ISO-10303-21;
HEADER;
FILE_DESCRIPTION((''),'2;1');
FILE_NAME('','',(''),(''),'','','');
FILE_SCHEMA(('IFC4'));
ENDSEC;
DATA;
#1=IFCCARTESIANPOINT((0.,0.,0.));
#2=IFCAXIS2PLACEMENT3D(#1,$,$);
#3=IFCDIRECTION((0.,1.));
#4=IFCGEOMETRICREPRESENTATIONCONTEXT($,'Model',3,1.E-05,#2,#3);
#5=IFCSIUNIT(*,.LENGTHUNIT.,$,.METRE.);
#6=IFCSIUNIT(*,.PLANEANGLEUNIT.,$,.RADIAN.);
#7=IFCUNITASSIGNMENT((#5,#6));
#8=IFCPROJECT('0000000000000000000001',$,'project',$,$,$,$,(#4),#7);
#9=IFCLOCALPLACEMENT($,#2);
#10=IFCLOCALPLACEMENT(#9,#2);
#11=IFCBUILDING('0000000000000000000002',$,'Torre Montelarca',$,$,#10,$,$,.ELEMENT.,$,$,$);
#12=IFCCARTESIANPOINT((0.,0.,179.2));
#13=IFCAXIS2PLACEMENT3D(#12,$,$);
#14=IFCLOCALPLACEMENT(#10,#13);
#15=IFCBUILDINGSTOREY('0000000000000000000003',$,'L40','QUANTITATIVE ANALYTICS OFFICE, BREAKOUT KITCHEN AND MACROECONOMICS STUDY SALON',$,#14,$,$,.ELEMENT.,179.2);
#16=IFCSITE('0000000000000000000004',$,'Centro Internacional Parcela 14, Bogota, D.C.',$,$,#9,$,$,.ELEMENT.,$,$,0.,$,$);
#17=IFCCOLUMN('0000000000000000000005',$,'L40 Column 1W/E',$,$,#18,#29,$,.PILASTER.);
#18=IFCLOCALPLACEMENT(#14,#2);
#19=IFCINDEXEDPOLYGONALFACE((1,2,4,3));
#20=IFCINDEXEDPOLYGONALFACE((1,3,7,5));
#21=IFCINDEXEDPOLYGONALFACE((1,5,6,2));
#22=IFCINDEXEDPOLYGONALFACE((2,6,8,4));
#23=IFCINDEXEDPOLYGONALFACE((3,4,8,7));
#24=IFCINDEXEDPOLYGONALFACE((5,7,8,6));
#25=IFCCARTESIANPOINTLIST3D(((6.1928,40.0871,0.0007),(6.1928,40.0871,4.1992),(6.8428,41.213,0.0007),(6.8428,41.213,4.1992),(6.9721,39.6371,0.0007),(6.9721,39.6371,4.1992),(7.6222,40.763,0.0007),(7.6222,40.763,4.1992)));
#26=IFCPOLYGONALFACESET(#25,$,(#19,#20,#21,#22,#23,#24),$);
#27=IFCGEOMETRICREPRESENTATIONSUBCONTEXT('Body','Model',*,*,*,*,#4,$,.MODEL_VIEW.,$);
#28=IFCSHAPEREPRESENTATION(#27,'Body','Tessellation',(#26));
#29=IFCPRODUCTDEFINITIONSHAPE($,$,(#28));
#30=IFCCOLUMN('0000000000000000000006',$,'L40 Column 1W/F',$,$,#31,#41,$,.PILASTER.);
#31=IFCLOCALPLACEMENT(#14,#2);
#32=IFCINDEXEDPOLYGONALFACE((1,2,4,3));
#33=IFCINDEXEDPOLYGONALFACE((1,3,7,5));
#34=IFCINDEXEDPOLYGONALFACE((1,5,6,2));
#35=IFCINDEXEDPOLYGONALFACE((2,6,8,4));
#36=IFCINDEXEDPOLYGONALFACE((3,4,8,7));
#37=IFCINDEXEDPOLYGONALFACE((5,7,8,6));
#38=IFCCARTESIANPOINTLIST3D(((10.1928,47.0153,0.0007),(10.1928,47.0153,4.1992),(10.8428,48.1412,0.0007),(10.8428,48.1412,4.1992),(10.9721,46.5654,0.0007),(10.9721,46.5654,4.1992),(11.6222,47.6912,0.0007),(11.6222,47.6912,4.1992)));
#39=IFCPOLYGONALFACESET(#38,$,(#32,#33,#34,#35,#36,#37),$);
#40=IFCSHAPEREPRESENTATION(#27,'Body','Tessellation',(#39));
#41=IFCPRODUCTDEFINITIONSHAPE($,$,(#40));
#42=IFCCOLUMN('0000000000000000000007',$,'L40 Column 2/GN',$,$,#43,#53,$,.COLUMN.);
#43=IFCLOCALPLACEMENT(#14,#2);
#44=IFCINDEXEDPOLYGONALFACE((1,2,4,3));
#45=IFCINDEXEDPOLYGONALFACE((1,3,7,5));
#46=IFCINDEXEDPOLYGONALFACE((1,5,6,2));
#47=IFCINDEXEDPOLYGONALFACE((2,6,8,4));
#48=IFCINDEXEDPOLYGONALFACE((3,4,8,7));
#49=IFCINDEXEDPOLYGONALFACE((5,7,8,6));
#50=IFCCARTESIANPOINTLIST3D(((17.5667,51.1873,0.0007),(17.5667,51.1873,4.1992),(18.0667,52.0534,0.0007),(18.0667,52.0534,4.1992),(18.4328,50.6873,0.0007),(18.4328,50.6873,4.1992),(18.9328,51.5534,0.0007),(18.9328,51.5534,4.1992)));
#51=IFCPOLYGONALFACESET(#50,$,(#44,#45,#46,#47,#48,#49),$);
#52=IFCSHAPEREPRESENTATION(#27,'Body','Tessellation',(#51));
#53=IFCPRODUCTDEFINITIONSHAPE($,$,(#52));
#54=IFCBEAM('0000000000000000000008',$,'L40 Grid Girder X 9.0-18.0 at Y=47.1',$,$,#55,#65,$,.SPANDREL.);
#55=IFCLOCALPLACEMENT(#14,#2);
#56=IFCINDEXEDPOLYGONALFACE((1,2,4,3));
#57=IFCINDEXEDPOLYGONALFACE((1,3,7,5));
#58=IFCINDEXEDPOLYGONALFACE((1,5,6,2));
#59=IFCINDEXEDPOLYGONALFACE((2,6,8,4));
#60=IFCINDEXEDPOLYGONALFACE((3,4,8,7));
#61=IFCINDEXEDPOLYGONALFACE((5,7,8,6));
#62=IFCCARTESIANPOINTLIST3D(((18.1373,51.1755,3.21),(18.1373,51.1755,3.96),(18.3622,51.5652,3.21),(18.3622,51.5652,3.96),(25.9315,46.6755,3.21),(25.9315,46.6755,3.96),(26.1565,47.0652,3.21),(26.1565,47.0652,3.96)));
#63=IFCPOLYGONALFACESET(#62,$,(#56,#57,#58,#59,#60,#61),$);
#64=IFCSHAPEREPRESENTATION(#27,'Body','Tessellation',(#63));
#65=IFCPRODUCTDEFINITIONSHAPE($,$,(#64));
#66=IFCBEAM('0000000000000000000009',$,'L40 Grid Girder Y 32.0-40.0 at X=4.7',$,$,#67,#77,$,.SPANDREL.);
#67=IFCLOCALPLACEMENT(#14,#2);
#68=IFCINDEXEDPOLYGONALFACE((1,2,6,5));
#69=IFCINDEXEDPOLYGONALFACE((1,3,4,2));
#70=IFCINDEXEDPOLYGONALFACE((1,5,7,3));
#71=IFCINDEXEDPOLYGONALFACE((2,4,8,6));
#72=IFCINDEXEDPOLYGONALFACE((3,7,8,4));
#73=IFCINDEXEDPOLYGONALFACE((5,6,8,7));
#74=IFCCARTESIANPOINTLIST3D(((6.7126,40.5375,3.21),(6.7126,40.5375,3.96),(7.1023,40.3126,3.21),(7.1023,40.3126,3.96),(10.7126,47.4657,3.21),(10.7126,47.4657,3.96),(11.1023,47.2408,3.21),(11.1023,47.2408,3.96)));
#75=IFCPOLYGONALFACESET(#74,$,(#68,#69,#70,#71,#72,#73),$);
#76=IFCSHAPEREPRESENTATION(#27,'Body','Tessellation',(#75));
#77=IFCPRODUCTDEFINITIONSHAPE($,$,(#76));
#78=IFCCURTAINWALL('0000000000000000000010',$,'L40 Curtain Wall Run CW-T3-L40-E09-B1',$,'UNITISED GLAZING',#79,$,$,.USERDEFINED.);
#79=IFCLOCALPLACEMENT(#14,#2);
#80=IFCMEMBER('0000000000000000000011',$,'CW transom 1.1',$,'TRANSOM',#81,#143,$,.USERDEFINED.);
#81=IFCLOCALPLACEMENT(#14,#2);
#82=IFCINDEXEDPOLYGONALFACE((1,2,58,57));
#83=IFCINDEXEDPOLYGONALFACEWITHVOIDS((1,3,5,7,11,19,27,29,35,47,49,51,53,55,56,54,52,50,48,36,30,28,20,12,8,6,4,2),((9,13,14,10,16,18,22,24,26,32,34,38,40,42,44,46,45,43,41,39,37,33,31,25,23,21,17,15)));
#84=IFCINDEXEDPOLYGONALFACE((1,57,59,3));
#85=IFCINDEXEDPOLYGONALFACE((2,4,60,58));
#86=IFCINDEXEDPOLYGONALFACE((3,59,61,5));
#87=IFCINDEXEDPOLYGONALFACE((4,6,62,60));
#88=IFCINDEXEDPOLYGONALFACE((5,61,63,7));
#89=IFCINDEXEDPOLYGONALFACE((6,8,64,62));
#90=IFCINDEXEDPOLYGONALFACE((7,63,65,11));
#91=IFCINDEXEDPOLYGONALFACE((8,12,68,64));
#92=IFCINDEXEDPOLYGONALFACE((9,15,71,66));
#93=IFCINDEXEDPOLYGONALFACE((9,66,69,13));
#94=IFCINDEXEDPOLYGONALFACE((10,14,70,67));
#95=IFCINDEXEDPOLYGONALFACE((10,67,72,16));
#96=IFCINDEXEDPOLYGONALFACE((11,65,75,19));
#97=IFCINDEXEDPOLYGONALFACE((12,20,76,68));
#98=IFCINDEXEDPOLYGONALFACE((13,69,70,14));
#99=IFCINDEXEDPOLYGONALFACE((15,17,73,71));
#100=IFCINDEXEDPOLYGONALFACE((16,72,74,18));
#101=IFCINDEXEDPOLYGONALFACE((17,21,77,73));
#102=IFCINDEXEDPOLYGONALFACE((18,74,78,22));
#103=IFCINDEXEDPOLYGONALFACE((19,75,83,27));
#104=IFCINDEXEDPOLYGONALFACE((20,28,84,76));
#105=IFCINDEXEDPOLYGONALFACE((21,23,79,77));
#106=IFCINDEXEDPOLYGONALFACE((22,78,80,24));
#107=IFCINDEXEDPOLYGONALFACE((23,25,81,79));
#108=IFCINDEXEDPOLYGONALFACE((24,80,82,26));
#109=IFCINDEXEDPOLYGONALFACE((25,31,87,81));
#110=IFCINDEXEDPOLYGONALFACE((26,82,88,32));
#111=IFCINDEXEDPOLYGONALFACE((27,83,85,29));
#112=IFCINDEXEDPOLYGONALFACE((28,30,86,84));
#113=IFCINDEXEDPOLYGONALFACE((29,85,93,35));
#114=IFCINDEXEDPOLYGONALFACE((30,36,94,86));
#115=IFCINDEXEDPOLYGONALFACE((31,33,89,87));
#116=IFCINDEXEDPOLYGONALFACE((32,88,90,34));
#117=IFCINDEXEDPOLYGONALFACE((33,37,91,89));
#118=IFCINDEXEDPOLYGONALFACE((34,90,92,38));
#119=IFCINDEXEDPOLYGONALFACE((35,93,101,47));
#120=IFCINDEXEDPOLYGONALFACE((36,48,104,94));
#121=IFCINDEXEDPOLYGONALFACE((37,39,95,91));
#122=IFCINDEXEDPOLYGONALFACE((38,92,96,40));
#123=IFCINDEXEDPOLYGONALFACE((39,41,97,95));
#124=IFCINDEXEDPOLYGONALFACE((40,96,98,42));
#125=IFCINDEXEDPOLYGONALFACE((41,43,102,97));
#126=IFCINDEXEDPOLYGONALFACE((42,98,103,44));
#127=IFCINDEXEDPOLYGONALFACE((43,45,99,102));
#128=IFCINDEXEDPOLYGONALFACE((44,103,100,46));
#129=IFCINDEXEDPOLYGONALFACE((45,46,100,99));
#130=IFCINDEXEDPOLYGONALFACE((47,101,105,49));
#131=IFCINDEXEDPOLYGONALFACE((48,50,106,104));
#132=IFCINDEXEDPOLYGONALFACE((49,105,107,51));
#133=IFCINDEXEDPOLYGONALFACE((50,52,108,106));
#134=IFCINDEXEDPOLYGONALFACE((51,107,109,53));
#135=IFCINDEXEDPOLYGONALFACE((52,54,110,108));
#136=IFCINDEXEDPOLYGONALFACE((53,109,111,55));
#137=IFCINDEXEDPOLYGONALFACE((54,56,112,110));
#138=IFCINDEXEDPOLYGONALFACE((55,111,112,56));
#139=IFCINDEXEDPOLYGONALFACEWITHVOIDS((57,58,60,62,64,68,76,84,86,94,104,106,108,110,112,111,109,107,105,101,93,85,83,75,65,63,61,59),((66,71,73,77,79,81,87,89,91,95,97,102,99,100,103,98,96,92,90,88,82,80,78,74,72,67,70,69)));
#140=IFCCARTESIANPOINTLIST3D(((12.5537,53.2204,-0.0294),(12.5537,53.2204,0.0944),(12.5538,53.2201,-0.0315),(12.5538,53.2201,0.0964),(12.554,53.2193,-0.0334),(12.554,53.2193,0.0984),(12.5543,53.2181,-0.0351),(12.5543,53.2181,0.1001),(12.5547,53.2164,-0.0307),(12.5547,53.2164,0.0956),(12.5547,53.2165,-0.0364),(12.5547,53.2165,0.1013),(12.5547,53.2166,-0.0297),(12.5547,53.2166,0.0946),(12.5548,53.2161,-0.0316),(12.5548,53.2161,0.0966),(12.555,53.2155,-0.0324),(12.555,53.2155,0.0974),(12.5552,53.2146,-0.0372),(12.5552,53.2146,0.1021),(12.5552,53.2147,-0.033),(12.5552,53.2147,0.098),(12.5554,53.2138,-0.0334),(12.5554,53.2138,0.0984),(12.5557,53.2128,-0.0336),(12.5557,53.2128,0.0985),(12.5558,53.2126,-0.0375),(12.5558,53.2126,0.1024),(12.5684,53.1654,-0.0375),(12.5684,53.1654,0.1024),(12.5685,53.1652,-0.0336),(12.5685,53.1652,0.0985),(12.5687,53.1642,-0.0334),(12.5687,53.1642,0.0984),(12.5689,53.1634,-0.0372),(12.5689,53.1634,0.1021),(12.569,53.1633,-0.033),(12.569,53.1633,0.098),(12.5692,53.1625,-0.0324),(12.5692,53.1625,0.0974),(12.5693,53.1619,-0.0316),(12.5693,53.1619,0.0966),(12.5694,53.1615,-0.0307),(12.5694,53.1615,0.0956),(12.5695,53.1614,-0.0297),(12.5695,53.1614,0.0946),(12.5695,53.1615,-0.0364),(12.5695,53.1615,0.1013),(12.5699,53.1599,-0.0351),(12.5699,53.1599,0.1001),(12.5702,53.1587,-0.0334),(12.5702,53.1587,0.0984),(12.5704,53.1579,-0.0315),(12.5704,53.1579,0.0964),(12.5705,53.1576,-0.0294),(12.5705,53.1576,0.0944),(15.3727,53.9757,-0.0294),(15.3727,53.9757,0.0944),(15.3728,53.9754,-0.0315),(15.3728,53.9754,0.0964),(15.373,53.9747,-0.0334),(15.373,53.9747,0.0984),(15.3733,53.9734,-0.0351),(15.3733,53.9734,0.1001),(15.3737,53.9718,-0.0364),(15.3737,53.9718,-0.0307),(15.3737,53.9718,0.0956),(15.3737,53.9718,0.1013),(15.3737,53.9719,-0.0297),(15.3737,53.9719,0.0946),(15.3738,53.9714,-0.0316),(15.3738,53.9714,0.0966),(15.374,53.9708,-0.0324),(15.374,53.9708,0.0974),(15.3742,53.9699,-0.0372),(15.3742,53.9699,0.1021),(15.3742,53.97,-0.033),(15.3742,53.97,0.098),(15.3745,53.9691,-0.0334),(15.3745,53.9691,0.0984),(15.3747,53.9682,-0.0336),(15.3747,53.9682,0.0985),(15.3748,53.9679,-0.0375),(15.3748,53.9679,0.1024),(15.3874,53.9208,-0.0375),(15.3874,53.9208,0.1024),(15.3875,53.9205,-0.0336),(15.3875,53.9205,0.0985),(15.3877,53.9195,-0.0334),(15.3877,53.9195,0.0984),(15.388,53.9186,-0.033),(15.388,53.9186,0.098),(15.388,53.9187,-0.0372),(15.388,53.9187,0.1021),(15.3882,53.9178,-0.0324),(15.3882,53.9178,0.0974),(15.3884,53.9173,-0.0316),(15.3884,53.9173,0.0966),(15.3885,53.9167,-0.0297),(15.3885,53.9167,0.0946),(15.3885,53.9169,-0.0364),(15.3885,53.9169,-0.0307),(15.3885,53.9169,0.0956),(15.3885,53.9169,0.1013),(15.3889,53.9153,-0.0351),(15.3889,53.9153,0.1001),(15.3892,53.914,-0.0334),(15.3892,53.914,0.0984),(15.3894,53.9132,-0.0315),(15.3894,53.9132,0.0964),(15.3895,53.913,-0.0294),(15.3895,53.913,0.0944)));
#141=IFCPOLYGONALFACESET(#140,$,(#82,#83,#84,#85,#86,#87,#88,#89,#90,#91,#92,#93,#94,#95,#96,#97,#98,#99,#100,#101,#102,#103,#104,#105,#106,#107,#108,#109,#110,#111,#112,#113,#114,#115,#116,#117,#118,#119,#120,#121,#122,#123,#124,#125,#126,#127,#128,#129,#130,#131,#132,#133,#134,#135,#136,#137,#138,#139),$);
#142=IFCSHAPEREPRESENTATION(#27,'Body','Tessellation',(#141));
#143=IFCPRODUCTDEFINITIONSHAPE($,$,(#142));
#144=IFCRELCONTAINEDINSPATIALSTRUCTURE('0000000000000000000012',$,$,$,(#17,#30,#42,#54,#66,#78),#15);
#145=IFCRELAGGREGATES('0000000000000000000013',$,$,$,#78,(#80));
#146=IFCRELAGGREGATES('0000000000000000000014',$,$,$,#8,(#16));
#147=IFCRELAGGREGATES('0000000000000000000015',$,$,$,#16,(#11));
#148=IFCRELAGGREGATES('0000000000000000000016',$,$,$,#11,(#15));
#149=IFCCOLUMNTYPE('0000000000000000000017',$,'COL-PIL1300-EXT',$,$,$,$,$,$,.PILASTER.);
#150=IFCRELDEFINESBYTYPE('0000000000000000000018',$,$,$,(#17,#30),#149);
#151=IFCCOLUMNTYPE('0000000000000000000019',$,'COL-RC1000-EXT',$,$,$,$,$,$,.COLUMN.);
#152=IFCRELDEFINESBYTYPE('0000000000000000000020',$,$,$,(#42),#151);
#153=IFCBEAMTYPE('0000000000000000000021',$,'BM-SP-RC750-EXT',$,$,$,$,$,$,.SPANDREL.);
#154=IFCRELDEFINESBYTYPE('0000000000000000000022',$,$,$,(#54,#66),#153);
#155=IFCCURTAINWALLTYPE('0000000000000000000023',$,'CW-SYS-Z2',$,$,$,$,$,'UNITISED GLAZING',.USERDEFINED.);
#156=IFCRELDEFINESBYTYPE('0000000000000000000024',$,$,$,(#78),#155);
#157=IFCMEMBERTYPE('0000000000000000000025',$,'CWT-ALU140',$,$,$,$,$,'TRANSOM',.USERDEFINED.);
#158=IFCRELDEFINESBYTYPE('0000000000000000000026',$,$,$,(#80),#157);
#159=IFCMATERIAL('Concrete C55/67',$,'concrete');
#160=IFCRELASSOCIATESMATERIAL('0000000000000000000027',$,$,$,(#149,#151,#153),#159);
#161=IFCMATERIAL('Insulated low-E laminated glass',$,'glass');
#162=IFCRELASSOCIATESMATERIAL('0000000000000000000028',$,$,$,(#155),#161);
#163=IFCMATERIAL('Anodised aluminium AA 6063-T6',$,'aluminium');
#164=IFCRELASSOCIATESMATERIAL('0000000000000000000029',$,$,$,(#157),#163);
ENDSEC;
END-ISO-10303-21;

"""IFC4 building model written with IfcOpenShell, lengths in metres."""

from ifc_helpers import new_model, si_unit, direction, frame, origin, origin_2d, place, context, subcontext, project, spatial, rectangle, hollow_rectangle, extrude, source, transform, mapped, material, material_profile, profile_set, type_object, element, aggregate, save


model = new_model("IFC4")

# Units and contexts
model_context = context("Model", 3, precision=1e-05, world=origin(), true_north=direction((0.0, 1.0)))
body_context = subcontext(model_context, "Body", "Model", "MODEL_VIEW")
ifc_project = project(units=[si_unit("LENGTHUNIT", "METRE"), si_unit("PLANEANGLEUNIT", "RADIAN")], contexts=[model_context])

# Site, building, storey
site_placement = place(None, origin())
site = spatial("IfcSite", under=ifc_project, at=site_placement, Name="Centro Internacional Parcela 14, Bogota, D.C.", CompositionType="ELEMENT", RefElevation=0.0)
building_placement = place(site_placement, origin())
building = spatial("IfcBuilding", under=site, at=building_placement, Name="Torre Montelarca", CompositionType="ELEMENT")
storey_placement = place(building_placement, frame((0.0, 0.0, 179.2)))
storey = spatial("IfcBuildingStorey", under=building, at=storey_placement, Name="L40", Description="QUANTITATIVE ANALYTICS OFFICE, BREAKOUT KITCHEN AND MACROECONOMICS STUDY SALON", CompositionType="ELEMENT", Elevation=179.2)

# Columns
ifc_material_1 = material(Name="Concrete C55/67", Category="concrete")
ifc_material_profile_1 = material_profile(ifc_material_1, rectangle(XDim=0.8999, YDim=1.3, at=origin_2d()), Name="RC1300X900", Category="concrete")
ifc_profile_set_1 = profile_set([ifc_material_profile_1], Name="Concrete C55/67")
column_type_1 = type_object("IfcColumnType", Name="COL-PIL1300-EXT", PredefinedType="PILASTER", material=ifc_profile_set_1)
shared_shape_1 = source(origin(), body_context, "Body", "SweptSolid", [
    extrude(rectangle(XDim=0.8999, YDim=1.3, at=origin_2d()), origin(), (0.0, 0.0, 1.0), 4.1985),
])
for number, where, z_axis, x_axis, name in (
    (1, (6.9075, 40.425, 0.0007), (0.0, 0.0, 1.0), (-0.866025, 0.5, 0.0), "L40 Column 1W/E"),
    (2, (10.9075, 47.3533, 0.0007), (0.0, 0.0, 1.0), (-0.866025, 0.5, 0.0), "L40 Column 1W/F"),
):
    element("IfcColumn", number, at=place(storey_placement, frame(where, z_axis=z_axis, x_axis=x_axis)), inside=storey, type_object=column_type_1, Name=name, PredefinedType="PILASTER", context=body_context, shape_type="MappedRepresentation", body=[
        mapped(shared_shape_1, transform((0.0, 0.0, 0.0), scale=1.0)),
    ])
ifc_material_profile_2 = material_profile(ifc_material_1, rectangle(XDim=1.0, YDim=1.0, at=origin_2d()), Name="RC1000X1000", Category="concrete")
ifc_profile_set_2 = profile_set([ifc_material_profile_2], Name="Concrete C55/67")
column_type_2 = type_object("IfcColumnType", Name="COL-RC1000-EXT", PredefinedType="COLUMN", material=ifc_profile_set_2)
shared_shape_2 = source(origin(), body_context, "Body", "SweptSolid", [
    extrude(rectangle(XDim=1.0, YDim=1.0, at=origin_2d()), origin(), (0.0, 0.0, 1.0), 4.1985),
])
column_placement = place(storey_placement, frame((18.2498, 51.3704, 0.0007), z_axis=(0.0, 0.0, 1.0), x_axis=(-0.866025, 0.5, 0.0)))
element("IfcColumn", 3, at=column_placement, inside=storey, type_object=column_type_2, Name="L40 Column 2/GN", PredefinedType="COLUMN", context=body_context, shape_type="MappedRepresentation", body=[
    mapped(shared_shape_2, transform((0.0, 0.0, 0.0), scale=1.0)),
])

# Beams
ifc_material_profile_3 = material_profile(ifc_material_1, rectangle(XDim=0.45, YDim=0.75, at=origin_2d()), Name="RCB450X750", Category="concrete")
ifc_profile_set_3 = profile_set([ifc_material_profile_3], Name="Concrete C55/67")
beam_type = type_object("IfcBeamType", Name="BM-SP-RC750-EXT", PredefinedType="SPANDREL", material=ifc_profile_set_3)
shared_shape_3 = source(origin(), body_context, "Body", "SweptSolid", [
    extrude(rectangle(XDim=0.45, YDim=0.75, at=origin_2d()), origin(), (0.0, 0.0, 1.0), 9.0),
])
beam_1_placement = place(storey_placement, frame((18.2498, 51.3704, 3.585), z_axis=(0.866024, -0.500002, 0.0), x_axis=(0.500002, 0.866024, 0.0)))
element("IfcBeam", 4, at=beam_1_placement, inside=storey, type_object=beam_type, Name="L40 Grid Girder X 9.0-18.0 at Y=47.1", PredefinedType="SPANDREL", context=body_context, shape_type="MappedRepresentation", body=[
    mapped(shared_shape_3, transform((0.0, 0.0, 0.0), scale=1.0)),
])
shared_shape_4 = source(origin(), body_context, "Body", "SweptSolid", [
    extrude(rectangle(XDim=0.45, YDim=0.75, at=origin_2d()), origin(), (0.0, 0.0, 1.0), 8.0),
])
beam_2_placement = place(storey_placement, frame((6.9075, 40.425, 3.585), z_axis=(0.499999, 0.866026, 0.0), x_axis=(-0.866026, 0.499999, 0.0)))
element("IfcBeam", 5, at=beam_2_placement, inside=storey, type_object=beam_type, Name="L40 Grid Girder Y 32.0-40.0 at X=4.7", PredefinedType="SPANDREL", context=body_context, shape_type="MappedRepresentation", body=[
    mapped(shared_shape_4, transform((0.0, 0.0, 0.0), scale=1.0)),
])

# Curtain wall, member
ifc_material_2 = material(Name="Insulated low-E laminated glass", Category="glass")
curtain_wall_type = type_object("IfcCurtainWallType", Name="CW-SYS-Z2", ElementType="UNITISED GLAZING", PredefinedType="USERDEFINED", material=ifc_material_2)
curtain_wall_1_placement = place(storey_placement, origin())
curtain_wall_1 = element("IfcCurtainWall", 6, at=curtain_wall_1_placement, inside=storey, type_object=curtain_wall_type, Name="L40 Curtain Wall Run CW-T3-L40-E09-B1", ObjectType="UNITISED GLAZING", PredefinedType="USERDEFINED")
ifc_material_3 = material(Name="Anodised aluminium AA 6063-T6", Category="aluminium")
ifc_material_profile_4 = material_profile(ifc_material_3, hollow_rectangle(XDim=0.0649, YDim=0.1399, WallThickness=0.0039, InnerFilletRadius=0.0039, OuterFilletRadius=0.0081, at=origin_2d()), Name="ALU65X140X4", Category="aluminium")
ifc_profile_set_4 = profile_set([ifc_material_profile_4], Name="Anodised aluminium AA 6063-T6")
member_type_1 = type_object("IfcMemberType", Name="CWT-ALU140", ElementType="TRANSOM", PredefinedType="USERDEFINED", material=ifc_profile_set_4)
shared_shape_5 = source(origin(), body_context, "Body", "SweptSolid", [
    extrude(hollow_rectangle(XDim=0.0649, YDim=0.1399, WallThickness=0.0039, InnerFilletRadius=0.0039, OuterFilletRadius=0.0081, at=origin_2d()), origin(), (0.0, 0.0, 1.0), 2.9185),
])
member_1_placement = place(storey_placement, frame((15.3811, 53.9443, 0.0325), z_axis=(-0.965926, -0.258818, 0.0), x_axis=(0.258818, -0.965926, 0.0)))
member_1 = element("IfcMember", 7, at=member_1_placement, type_object=member_type_1, Name="CW transom 1.1", ObjectType="TRANSOM", PredefinedType="USERDEFINED", context=body_context, shape_type="MappedRepresentation", body=[
    mapped(shared_shape_5, transform((0.0, 0.0, 0.0), scale=1.0)),
])

aggregate(curtain_wall_1, [member_1])

save(model, "model.ifc")
